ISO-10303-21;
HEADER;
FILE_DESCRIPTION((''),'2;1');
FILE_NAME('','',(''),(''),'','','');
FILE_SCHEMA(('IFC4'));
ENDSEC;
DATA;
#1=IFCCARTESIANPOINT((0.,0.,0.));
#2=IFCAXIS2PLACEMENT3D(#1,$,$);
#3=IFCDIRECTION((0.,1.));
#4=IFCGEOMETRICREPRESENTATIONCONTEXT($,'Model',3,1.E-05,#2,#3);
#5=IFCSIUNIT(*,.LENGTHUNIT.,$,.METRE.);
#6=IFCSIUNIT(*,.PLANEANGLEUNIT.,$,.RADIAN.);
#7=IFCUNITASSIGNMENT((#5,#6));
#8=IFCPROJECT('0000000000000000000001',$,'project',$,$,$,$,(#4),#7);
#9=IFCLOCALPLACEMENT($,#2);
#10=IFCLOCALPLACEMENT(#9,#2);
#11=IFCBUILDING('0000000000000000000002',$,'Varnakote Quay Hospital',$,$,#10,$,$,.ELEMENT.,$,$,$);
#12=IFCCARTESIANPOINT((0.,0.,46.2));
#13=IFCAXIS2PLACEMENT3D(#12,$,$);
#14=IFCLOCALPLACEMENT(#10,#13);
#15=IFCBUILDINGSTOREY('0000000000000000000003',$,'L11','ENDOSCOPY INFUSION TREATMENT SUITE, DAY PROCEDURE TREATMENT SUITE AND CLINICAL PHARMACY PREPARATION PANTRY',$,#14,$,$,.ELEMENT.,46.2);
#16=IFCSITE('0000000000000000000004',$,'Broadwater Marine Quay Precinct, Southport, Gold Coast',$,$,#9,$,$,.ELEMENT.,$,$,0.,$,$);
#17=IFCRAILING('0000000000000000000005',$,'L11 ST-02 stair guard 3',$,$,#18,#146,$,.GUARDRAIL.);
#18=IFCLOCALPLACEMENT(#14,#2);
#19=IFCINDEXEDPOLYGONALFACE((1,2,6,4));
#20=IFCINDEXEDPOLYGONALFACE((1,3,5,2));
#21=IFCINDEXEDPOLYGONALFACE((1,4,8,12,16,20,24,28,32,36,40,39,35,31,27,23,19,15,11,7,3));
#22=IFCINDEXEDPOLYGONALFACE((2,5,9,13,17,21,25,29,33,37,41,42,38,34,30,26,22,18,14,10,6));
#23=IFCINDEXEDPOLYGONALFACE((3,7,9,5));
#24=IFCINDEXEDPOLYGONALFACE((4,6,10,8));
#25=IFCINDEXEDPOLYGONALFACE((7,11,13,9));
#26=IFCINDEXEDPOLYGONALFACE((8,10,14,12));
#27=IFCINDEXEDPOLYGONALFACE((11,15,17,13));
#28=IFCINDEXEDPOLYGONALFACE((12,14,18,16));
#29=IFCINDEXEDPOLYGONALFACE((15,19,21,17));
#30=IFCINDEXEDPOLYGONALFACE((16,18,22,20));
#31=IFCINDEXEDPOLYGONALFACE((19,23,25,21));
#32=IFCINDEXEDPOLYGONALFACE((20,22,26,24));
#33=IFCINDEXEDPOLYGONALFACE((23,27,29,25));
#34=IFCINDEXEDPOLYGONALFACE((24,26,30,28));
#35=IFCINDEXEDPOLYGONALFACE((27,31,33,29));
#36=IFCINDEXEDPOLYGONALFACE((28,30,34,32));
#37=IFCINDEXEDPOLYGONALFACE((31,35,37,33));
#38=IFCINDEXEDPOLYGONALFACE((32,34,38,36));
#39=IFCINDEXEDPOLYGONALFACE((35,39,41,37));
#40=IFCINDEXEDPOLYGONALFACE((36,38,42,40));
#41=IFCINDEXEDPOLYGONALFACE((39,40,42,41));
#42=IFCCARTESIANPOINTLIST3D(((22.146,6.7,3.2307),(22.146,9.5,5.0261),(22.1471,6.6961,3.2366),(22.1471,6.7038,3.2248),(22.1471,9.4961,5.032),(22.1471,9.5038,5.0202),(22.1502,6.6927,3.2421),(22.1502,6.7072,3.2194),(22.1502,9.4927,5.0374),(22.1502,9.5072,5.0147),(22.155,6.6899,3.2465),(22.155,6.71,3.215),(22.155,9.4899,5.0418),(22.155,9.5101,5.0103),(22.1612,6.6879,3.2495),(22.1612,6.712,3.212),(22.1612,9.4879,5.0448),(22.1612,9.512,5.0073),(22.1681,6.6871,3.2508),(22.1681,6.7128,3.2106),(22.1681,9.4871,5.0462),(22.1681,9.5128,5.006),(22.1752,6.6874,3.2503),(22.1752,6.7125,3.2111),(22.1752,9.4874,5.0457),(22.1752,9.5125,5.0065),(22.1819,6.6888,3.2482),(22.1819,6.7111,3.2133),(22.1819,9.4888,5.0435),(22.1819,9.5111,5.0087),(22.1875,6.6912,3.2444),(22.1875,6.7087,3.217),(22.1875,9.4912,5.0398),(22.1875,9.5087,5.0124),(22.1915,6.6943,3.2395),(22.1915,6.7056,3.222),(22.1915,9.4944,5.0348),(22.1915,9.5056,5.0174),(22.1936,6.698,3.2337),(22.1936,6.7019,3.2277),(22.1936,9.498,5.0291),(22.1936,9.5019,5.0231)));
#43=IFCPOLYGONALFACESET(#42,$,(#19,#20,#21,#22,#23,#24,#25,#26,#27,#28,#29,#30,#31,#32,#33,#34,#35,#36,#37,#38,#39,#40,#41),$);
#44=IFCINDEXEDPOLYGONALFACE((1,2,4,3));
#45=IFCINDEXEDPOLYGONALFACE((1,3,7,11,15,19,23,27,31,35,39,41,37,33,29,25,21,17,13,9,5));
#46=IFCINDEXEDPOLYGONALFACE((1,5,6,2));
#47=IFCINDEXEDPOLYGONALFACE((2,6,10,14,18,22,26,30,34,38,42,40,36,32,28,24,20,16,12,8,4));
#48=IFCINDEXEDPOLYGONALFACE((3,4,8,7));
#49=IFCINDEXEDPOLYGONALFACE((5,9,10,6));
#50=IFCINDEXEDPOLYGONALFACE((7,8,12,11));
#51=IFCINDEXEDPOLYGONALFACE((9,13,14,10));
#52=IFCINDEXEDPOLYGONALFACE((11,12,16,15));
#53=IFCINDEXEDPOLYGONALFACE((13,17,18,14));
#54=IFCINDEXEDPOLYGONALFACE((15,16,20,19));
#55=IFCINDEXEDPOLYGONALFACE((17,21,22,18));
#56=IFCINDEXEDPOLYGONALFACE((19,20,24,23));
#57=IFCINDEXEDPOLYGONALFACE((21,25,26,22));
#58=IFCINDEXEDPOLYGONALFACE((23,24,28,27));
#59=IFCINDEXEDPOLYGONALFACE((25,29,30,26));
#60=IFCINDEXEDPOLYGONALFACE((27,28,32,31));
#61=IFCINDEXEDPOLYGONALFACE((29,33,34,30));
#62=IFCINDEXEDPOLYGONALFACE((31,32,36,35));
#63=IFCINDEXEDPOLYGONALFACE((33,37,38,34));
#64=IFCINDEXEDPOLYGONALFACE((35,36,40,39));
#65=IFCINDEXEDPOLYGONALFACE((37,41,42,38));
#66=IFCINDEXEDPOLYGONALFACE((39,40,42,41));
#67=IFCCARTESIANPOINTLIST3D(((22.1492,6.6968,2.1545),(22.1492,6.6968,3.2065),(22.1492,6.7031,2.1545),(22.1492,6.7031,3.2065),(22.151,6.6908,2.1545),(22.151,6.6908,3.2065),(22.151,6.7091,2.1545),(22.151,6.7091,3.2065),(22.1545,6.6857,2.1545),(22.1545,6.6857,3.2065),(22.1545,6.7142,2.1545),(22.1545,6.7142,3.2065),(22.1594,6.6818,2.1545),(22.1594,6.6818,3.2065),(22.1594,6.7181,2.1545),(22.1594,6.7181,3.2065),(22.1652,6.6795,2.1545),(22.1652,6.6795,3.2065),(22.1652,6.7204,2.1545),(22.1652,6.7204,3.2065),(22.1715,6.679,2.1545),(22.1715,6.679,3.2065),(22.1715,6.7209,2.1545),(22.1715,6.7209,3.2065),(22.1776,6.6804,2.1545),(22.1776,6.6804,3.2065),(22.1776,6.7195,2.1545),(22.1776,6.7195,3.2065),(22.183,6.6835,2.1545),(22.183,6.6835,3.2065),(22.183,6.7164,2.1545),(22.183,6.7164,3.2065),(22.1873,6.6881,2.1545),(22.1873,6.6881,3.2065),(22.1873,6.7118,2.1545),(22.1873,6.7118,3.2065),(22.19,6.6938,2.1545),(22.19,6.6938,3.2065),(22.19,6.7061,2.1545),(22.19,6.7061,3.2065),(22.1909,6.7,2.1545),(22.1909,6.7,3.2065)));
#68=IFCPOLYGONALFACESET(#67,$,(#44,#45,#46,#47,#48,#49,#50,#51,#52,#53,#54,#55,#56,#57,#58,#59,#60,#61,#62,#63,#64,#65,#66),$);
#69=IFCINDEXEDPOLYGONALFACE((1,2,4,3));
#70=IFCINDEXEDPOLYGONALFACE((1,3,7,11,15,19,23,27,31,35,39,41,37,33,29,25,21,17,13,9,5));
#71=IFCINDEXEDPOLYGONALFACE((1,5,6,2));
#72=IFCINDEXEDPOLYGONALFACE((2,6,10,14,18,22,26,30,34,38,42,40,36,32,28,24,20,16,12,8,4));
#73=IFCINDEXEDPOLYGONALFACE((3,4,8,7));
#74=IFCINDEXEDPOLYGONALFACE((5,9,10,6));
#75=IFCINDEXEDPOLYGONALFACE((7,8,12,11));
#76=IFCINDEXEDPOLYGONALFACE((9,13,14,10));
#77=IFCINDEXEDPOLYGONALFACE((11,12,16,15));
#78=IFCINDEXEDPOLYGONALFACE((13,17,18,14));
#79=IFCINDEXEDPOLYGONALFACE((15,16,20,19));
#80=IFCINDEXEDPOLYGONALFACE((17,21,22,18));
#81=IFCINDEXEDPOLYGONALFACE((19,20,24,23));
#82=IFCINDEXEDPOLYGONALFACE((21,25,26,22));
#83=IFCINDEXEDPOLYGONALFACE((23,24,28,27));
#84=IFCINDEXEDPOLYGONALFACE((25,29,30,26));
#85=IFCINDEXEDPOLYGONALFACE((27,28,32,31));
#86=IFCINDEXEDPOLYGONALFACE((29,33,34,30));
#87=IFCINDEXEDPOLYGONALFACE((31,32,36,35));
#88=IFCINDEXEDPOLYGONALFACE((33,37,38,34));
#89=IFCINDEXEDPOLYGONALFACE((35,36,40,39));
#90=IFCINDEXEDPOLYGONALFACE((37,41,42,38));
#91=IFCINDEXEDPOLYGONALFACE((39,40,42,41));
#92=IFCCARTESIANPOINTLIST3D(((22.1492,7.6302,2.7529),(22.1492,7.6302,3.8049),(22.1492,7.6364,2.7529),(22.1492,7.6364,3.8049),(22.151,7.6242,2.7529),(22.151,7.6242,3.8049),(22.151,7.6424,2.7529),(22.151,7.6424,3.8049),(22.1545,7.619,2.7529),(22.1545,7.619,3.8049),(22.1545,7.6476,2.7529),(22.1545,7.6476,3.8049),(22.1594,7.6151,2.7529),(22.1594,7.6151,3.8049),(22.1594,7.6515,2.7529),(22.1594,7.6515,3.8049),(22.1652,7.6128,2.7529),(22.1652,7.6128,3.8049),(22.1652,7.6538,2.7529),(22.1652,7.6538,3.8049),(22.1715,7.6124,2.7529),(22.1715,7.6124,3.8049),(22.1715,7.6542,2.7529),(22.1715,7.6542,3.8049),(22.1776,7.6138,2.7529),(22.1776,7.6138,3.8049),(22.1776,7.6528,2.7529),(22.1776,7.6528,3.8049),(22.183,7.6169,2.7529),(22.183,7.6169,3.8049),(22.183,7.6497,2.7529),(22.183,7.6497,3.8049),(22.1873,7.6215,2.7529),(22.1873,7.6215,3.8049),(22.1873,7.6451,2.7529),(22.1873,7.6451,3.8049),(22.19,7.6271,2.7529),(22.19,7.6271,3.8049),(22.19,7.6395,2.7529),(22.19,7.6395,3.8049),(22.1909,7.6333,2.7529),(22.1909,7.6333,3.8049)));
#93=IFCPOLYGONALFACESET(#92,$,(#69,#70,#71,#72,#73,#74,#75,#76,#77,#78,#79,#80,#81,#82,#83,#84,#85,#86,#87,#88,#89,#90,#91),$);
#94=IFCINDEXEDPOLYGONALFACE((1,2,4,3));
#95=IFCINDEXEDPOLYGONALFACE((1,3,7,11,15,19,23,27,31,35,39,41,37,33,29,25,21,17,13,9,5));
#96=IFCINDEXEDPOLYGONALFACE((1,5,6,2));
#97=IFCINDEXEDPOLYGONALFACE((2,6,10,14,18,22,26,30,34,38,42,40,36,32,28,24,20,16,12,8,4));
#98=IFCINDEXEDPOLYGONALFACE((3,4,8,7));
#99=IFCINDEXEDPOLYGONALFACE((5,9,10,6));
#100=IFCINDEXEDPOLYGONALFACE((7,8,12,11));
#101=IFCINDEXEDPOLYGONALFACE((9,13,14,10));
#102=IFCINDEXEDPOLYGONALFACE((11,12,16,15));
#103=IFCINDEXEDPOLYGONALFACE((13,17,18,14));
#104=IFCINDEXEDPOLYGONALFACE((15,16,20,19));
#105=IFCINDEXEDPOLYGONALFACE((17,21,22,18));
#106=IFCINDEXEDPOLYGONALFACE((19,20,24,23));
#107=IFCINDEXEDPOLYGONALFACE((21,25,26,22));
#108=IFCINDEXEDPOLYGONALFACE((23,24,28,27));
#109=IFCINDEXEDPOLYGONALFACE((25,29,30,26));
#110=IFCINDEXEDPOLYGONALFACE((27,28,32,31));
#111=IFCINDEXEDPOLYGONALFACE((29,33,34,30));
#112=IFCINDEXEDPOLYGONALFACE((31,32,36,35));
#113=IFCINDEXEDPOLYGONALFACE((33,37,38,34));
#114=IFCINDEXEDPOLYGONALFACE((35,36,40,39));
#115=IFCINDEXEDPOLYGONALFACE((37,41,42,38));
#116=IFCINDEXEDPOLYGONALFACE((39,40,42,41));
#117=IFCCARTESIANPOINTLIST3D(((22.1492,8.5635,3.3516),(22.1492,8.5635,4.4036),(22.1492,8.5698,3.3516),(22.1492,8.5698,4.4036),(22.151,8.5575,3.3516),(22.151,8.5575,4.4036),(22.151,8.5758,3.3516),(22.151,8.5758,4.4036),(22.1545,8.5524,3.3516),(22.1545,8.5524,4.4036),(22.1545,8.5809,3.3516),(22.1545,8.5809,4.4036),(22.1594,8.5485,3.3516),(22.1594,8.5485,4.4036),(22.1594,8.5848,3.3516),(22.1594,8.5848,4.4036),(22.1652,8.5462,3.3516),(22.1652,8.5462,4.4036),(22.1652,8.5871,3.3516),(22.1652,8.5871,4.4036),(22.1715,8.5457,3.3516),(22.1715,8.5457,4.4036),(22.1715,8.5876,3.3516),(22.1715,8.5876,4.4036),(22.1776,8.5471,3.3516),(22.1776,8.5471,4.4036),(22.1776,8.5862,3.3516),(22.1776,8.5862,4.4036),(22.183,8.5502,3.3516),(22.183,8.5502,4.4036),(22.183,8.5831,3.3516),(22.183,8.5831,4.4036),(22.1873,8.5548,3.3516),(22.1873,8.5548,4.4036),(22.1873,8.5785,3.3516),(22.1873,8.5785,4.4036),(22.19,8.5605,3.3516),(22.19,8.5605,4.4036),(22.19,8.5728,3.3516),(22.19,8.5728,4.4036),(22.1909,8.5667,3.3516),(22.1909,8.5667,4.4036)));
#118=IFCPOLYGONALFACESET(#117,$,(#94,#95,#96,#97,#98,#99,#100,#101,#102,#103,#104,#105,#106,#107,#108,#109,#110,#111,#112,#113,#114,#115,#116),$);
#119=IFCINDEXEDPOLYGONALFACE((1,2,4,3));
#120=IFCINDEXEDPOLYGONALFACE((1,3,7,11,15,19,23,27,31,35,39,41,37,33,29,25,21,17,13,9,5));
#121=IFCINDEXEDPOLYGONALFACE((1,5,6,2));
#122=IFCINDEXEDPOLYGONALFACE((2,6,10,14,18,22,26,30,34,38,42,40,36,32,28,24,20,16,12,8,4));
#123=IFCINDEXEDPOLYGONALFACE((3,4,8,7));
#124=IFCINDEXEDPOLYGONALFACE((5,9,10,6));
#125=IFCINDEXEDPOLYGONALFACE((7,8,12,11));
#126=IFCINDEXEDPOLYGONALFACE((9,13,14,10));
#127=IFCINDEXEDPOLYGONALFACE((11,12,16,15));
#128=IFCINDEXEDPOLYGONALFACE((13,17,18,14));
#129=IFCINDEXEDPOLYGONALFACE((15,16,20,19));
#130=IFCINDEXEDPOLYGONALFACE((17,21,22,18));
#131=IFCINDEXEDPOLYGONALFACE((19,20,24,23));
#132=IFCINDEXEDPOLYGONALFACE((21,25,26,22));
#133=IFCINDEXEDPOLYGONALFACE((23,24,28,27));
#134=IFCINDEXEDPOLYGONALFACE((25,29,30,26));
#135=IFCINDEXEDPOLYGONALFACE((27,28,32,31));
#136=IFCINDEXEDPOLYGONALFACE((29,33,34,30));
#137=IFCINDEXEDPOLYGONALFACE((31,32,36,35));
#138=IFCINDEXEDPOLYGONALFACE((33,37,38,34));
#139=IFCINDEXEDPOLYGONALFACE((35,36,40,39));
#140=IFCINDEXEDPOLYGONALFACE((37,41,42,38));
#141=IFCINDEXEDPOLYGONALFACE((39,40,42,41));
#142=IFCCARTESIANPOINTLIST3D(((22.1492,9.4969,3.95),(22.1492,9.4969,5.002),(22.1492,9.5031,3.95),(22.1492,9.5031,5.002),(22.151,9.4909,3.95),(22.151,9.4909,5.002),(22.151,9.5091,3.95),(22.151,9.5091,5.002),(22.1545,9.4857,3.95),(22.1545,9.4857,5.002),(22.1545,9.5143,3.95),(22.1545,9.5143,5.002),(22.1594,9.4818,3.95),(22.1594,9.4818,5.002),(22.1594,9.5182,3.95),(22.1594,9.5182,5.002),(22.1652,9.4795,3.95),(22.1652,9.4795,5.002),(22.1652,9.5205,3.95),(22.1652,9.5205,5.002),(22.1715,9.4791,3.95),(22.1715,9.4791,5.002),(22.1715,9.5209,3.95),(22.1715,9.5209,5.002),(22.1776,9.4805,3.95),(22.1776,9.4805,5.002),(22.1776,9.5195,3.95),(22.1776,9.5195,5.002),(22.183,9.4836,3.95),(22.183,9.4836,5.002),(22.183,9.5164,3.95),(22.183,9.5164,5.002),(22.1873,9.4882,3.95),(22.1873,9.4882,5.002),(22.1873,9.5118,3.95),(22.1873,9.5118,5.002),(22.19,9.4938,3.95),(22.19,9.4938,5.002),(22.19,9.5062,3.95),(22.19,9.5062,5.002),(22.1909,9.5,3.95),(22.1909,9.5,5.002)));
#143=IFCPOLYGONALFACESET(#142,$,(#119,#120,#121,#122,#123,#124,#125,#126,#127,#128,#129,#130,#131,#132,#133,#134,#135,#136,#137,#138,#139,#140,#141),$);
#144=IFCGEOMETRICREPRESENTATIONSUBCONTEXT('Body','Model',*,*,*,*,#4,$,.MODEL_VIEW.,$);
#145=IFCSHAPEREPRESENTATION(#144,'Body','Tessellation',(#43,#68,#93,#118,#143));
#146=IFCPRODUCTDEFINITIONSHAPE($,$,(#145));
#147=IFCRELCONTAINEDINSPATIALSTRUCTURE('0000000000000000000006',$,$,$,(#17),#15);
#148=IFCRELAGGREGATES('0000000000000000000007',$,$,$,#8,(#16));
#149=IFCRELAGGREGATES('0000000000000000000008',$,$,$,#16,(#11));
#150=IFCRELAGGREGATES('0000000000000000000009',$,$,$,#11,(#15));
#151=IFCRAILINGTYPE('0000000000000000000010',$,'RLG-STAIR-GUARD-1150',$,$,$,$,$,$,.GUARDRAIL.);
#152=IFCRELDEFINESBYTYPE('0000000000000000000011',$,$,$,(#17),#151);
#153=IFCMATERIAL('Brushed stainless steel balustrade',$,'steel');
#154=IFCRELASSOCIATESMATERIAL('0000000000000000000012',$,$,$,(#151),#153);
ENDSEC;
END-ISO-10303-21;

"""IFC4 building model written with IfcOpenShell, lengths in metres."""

from ifc_helpers import new_model, si_unit, direction, frame, origin, origin_2d, place, context, subcontext, project, spatial, circle, extrude, material, type_object, element, save


model = new_model("IFC4")

# Units and contexts
model_context = context("Model", 3, precision=1e-05, world=origin(), true_north=direction((0.0, 1.0)))
body_context = subcontext(model_context, "Body", "Model", "MODEL_VIEW")
ifc_project = project(units=[si_unit("LENGTHUNIT", "METRE"), si_unit("PLANEANGLEUNIT", "RADIAN")], contexts=[model_context])

# Site, building, storey
site_placement = place(None, origin())
site = spatial("IfcSite", under=ifc_project, at=site_placement, Name="Broadwater Marine Quay Precinct, Southport, Gold Coast", CompositionType="ELEMENT", RefElevation=0.0)
building_placement = place(site_placement, origin())
building = spatial("IfcBuilding", under=site, at=building_placement, Name="Varnakote Quay Hospital", CompositionType="ELEMENT")
storey_placement = place(building_placement, frame((0.0, 0.0, 46.2)))
storey = spatial("IfcBuildingStorey", under=building, at=storey_placement, Name="L11", Description="ENDOSCOPY INFUSION TREATMENT SUITE, DAY PROCEDURE TREATMENT SUITE AND CLINICAL PHARMACY PREPARATION PANTRY", CompositionType="ELEMENT", Elevation=46.2)

# Railing
ifc_material_1 = material(Name="Brushed stainless steel balustrade", Category="steel")
railing_type_1 = type_object("IfcRailingType", Name="RLG-STAIR-GUARD-1150", PredefinedType="GUARDRAIL", material=ifc_material_1)
railing_1_placement = place(storey_placement, frame((22.1699, 6.7, 2.1545)))
element("IfcRailing", 1, at=railing_1_placement, inside=storey, type_object=railing_type_1, Name="L11 ST-02 stair guard 3", PredefinedType="GUARDRAIL", context=body_context, shape_type="SweptSolid", body=[
    extrude(circle(Radius=0.0239, at=origin_2d()), frame((0.0, 0.0, 1.0762), z_axis=(0.0, 0.84181, 0.539774), x_axis=(-1.0, 0.0, 0.0)), (0.0, 0.0, 1.0), 3.3262),
    extrude(circle(Radius=0.021, at=origin_2d()), origin(), (0.0, 0.0, 1.0), 1.052),
    extrude(circle(Radius=0.021, at=origin_2d()), frame((0.0, 0.9333, 0.5984)), (0.0, 0.0, 1.0), 1.052),
    extrude(circle(Radius=0.021, at=origin_2d()), frame((0.0, 1.8667, 1.197)), (0.0, 0.0, 1.0), 1.052),
    extrude(circle(Radius=0.021, at=origin_2d()), frame((0.0, 2.8, 1.7954)), (0.0, 0.0, 1.0), 1.052),
])

save(model, "model.ifc")
